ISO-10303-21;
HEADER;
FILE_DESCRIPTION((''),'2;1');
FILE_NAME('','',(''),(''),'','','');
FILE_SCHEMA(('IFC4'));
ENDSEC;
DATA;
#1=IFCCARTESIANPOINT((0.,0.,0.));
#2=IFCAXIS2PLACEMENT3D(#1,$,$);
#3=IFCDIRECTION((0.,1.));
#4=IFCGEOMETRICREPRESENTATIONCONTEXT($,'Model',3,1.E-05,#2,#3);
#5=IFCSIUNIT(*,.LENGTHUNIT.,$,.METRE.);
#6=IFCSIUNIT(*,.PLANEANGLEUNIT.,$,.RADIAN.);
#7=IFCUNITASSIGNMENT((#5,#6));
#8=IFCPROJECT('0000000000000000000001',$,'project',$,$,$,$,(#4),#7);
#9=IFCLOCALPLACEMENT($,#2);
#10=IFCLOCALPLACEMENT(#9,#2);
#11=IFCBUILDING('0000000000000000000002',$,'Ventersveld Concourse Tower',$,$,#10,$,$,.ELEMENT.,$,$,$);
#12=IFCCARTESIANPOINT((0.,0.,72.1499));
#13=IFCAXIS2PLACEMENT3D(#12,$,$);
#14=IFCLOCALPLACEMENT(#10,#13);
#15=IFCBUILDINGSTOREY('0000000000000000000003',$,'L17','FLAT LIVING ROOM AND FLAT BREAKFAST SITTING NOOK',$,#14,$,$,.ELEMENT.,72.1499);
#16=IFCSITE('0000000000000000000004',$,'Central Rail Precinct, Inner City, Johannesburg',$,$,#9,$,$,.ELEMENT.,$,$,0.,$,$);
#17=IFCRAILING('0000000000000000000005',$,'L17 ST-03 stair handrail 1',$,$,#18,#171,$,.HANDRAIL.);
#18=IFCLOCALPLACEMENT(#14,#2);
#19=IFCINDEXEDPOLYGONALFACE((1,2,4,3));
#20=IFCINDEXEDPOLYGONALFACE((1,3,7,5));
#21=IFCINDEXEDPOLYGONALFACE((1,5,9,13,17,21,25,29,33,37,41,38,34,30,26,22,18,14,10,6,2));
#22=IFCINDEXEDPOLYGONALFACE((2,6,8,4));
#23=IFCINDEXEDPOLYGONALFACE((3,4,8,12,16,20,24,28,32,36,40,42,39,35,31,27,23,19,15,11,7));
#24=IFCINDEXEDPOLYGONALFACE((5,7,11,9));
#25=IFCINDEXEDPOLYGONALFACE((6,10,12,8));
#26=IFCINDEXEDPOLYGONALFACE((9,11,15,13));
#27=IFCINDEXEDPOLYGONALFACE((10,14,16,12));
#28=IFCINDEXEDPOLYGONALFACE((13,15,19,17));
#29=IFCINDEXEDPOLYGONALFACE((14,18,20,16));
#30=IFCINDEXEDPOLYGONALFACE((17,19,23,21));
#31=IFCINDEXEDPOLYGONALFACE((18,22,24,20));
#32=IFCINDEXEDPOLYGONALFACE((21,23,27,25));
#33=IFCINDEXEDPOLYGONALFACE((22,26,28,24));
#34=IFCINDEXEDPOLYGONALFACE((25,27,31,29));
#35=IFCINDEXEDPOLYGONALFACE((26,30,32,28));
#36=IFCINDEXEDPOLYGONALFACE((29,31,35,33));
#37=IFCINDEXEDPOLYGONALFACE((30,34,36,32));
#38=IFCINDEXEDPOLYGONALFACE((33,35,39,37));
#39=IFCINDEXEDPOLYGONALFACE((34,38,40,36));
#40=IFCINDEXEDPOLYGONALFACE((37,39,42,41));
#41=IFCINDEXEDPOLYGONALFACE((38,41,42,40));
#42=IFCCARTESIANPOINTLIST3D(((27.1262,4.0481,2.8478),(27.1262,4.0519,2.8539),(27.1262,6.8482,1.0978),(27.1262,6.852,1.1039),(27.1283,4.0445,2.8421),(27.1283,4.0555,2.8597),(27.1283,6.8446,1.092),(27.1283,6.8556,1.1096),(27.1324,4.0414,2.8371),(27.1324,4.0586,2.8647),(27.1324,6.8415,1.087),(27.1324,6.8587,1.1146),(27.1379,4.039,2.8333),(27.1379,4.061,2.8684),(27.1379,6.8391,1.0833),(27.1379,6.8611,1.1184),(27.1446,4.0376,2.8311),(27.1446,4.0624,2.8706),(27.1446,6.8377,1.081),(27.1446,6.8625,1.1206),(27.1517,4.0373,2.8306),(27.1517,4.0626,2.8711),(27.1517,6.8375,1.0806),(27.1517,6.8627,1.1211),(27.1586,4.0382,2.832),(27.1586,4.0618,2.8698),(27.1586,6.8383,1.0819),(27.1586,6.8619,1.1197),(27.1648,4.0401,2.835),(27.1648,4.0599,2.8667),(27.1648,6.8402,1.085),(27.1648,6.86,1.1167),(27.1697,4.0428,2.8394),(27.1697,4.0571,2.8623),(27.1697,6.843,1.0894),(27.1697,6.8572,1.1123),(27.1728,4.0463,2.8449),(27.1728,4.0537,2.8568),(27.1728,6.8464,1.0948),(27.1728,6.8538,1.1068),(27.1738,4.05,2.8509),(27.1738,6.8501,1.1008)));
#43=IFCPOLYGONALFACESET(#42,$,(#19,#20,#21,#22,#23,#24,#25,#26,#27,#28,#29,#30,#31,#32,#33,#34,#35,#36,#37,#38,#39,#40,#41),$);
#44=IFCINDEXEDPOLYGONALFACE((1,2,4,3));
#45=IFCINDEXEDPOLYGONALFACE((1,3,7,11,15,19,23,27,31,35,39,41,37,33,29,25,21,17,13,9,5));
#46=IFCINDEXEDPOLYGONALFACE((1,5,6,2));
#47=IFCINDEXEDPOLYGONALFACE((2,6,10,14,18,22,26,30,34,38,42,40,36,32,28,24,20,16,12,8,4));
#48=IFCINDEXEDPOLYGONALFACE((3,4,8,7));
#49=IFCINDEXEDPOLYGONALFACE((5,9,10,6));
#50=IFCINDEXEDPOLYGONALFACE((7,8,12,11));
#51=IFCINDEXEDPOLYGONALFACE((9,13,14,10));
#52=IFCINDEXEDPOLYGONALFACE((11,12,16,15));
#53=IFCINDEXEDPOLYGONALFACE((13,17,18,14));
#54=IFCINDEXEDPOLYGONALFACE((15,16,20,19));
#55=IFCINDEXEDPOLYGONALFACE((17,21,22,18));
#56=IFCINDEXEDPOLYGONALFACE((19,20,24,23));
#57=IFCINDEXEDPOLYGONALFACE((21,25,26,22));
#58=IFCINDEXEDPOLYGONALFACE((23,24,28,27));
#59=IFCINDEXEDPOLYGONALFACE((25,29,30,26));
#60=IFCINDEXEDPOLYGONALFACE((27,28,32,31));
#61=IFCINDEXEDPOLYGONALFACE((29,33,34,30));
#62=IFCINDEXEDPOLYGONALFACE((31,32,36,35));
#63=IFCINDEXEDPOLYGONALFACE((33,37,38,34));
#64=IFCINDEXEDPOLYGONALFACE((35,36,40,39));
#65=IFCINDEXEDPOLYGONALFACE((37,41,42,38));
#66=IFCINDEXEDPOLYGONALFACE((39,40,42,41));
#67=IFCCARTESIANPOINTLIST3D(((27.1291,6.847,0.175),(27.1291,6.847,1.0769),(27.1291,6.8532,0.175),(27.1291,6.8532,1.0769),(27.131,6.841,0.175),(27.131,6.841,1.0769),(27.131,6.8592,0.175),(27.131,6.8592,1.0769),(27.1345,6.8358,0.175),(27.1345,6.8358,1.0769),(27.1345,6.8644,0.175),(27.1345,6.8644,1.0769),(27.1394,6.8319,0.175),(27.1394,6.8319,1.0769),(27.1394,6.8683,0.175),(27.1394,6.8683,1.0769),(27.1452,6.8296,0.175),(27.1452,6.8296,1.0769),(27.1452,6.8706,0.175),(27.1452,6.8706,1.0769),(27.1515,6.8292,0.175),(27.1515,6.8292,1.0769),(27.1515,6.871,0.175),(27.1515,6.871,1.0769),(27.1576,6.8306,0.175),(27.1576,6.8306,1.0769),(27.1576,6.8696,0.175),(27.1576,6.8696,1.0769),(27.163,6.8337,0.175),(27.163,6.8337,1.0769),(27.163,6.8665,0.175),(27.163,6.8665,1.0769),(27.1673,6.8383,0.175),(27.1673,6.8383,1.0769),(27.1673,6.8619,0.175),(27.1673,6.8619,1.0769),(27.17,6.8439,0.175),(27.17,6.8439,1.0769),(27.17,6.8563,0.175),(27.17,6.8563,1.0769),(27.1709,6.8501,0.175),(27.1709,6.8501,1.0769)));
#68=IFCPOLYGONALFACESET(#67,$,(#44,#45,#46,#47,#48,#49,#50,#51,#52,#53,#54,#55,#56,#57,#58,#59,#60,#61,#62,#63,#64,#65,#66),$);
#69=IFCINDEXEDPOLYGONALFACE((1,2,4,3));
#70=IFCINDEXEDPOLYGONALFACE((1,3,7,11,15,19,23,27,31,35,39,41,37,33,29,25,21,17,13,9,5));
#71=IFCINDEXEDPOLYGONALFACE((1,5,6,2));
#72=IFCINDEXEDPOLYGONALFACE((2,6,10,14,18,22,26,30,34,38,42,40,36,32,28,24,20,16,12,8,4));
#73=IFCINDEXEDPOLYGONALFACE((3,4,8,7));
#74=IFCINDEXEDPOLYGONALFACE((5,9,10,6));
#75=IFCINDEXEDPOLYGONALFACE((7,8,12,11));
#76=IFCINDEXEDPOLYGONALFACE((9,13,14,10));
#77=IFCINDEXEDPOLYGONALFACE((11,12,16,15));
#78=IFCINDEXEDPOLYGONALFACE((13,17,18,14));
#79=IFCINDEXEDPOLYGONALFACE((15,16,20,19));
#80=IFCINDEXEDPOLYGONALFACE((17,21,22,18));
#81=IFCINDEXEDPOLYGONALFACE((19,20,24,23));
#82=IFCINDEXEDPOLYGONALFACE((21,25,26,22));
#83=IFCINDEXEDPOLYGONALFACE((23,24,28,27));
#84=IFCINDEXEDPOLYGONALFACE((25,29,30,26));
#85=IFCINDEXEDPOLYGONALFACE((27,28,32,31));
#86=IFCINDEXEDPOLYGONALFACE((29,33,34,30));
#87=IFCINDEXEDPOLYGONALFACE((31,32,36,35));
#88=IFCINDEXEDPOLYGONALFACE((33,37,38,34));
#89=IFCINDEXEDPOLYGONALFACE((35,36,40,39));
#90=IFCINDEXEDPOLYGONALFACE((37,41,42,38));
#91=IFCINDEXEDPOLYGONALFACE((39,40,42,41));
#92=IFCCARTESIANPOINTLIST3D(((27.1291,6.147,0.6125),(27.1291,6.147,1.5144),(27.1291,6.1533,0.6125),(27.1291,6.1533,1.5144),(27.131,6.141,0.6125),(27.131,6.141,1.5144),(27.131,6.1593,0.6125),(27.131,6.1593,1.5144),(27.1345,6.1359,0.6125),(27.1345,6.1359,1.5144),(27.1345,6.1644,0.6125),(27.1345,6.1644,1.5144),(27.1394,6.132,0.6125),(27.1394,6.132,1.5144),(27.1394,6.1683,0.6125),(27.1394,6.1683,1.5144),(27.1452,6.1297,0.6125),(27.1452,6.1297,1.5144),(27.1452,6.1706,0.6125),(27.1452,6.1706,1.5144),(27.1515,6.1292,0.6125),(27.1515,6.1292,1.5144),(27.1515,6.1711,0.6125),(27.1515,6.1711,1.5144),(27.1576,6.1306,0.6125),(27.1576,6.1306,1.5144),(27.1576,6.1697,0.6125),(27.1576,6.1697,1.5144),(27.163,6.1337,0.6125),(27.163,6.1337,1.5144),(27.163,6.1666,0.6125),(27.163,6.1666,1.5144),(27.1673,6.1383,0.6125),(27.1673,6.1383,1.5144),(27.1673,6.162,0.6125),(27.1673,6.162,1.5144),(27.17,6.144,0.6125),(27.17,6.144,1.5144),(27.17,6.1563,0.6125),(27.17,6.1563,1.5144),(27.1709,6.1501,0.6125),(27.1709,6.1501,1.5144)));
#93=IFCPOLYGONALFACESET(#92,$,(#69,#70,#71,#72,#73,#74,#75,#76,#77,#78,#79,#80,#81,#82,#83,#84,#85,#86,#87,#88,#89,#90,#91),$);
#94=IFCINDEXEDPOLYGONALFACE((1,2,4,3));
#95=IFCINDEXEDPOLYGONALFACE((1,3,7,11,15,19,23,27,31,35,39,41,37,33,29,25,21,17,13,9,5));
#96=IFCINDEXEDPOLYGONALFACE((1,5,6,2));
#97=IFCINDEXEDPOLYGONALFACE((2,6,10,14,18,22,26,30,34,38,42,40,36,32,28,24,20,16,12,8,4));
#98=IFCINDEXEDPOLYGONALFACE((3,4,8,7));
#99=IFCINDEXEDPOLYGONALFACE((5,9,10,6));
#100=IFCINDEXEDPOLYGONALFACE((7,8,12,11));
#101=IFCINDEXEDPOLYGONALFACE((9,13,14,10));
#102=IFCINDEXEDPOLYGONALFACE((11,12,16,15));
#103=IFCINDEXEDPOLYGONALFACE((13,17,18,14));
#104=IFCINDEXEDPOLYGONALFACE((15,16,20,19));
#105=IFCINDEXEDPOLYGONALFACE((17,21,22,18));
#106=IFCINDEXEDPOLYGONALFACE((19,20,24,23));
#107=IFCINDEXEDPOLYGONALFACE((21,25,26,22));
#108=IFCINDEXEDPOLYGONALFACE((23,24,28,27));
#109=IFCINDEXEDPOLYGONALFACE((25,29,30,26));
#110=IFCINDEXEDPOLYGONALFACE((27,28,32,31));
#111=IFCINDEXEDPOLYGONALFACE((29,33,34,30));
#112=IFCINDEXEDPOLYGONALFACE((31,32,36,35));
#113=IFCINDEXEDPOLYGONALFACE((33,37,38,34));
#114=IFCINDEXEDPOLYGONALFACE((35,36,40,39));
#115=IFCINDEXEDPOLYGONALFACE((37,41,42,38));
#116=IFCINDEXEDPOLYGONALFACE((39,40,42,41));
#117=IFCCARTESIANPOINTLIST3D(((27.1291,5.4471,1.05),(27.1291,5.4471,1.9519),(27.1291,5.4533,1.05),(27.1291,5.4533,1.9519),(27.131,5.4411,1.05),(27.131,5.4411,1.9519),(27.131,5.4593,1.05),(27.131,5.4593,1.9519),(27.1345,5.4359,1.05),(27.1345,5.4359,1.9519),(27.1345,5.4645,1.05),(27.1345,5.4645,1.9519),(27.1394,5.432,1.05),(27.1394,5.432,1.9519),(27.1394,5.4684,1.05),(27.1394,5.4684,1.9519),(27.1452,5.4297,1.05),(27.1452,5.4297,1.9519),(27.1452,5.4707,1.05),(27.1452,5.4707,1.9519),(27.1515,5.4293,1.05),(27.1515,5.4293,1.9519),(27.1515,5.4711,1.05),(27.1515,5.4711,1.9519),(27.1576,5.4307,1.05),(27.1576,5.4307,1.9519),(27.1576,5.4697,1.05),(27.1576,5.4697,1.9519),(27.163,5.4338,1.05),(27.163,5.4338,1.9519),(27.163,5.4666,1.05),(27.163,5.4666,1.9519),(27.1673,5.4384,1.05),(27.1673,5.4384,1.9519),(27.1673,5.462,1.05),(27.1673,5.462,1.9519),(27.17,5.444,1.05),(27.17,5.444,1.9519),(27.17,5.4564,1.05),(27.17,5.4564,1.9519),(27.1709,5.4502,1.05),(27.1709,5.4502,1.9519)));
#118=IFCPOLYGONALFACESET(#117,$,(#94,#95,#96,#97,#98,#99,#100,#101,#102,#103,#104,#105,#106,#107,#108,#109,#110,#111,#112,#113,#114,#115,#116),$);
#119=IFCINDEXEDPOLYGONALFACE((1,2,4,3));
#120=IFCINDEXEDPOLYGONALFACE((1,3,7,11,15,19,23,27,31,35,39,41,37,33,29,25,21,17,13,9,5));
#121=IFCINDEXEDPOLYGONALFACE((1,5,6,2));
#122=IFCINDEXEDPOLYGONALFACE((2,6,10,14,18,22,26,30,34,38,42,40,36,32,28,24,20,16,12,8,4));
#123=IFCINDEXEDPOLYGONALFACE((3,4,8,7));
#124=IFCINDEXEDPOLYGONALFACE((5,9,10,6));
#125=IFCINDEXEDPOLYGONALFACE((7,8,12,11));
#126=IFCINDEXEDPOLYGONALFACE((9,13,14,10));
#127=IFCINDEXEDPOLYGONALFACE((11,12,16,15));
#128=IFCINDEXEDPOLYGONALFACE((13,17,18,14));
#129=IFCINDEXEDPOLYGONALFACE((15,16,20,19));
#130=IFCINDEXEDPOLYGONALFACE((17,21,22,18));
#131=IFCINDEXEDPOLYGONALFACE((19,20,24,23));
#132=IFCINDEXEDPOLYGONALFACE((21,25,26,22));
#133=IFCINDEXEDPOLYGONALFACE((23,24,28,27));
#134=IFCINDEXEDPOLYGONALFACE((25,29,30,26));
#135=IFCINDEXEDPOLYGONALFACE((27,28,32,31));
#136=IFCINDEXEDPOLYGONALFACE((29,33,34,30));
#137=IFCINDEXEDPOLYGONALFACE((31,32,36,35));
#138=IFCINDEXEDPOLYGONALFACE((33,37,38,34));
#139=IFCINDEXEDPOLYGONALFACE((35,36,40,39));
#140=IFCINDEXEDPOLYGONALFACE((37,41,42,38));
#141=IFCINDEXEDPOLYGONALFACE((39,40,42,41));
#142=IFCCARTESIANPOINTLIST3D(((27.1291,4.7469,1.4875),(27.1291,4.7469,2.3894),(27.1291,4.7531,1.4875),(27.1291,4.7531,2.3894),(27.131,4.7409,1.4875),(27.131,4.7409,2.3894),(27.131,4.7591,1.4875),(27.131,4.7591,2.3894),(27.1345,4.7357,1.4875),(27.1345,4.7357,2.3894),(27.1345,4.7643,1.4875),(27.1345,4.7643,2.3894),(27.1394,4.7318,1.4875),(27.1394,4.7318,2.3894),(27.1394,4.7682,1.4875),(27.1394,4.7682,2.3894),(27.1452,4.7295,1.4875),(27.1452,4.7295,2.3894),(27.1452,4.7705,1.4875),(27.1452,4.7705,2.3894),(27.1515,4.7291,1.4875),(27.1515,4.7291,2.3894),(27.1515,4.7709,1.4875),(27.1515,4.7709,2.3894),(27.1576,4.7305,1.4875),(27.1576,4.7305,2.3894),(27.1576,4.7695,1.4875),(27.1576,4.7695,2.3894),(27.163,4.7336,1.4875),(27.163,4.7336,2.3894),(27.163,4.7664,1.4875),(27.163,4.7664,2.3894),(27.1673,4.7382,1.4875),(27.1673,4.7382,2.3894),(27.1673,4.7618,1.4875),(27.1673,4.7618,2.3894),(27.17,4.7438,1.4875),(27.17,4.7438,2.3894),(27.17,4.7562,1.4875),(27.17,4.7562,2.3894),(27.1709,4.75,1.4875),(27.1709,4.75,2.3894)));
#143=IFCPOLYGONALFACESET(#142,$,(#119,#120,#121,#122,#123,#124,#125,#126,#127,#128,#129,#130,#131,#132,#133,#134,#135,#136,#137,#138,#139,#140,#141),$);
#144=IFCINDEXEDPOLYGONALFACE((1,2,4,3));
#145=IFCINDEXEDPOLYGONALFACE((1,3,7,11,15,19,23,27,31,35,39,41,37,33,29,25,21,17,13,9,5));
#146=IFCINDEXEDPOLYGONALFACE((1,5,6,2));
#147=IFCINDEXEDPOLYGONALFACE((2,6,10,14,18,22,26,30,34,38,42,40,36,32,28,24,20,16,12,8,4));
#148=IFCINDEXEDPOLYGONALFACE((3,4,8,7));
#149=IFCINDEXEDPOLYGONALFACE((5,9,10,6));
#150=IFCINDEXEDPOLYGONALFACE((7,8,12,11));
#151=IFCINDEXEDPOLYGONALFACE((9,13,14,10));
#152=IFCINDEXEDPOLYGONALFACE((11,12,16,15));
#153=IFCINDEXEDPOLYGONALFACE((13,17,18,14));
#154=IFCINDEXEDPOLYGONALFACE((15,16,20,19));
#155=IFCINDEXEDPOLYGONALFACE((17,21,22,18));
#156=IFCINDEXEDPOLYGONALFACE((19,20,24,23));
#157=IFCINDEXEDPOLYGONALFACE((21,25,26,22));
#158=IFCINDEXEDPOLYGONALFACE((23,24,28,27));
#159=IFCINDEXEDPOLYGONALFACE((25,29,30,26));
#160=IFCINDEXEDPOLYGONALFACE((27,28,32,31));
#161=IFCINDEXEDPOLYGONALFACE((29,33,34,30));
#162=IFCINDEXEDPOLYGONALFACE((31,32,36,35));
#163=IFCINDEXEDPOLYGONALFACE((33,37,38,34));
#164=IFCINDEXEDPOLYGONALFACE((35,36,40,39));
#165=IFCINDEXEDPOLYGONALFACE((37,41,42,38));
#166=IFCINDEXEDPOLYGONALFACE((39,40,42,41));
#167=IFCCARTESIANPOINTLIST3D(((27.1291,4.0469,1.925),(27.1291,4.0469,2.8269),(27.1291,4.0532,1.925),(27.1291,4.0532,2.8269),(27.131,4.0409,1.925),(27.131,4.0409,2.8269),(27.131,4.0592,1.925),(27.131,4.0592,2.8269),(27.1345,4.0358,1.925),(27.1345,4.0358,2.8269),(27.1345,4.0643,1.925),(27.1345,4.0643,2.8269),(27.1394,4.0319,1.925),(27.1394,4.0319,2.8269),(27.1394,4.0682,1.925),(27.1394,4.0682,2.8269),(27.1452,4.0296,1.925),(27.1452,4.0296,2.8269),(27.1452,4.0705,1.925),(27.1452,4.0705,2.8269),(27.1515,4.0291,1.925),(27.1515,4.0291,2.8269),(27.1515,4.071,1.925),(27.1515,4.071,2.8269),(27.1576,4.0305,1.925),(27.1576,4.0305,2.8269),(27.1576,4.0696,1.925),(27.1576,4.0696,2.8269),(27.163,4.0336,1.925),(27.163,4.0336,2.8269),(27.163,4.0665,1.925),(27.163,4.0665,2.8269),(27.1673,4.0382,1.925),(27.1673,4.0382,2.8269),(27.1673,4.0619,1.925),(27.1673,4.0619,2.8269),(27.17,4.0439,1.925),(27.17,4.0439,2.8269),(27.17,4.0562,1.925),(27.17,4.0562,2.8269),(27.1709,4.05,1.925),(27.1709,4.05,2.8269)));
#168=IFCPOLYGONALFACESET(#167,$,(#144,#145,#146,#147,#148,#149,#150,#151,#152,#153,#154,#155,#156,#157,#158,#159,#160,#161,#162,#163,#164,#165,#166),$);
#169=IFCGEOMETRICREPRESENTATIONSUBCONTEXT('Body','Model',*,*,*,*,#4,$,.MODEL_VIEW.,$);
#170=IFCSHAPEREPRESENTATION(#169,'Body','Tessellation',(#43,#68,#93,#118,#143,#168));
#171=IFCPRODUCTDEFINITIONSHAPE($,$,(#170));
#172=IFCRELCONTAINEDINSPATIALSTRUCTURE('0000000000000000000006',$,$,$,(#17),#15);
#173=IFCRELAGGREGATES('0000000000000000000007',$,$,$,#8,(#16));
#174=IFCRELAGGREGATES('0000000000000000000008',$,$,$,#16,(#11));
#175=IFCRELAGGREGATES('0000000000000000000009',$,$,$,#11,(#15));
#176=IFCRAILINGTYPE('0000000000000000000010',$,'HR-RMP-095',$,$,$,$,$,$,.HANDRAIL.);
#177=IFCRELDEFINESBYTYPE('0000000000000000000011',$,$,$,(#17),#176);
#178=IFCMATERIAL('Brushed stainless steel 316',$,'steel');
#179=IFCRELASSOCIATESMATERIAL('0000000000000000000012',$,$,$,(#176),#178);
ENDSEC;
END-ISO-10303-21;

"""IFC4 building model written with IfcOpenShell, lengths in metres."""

from ifc_helpers import new_model, si_unit, direction, frame, origin, origin_2d, place, context, subcontext, project, spatial, circle, extrude, material, type_object, element, save


model = new_model("IFC4")

# Units and contexts
model_context = context("Model", 3, precision=1e-05, world=origin(), true_north=direction((0.0, 1.0)))
body_context = subcontext(model_context, "Body", "Model", "MODEL_VIEW")
ifc_project = project(units=[si_unit("LENGTHUNIT", "METRE"), si_unit("PLANEANGLEUNIT", "RADIAN")], contexts=[model_context])

# Site, building, storey
site_placement = place(None, origin())
site = spatial("IfcSite", under=ifc_project, at=site_placement, Name="Central Rail Precinct, Inner City, Johannesburg", CompositionType="ELEMENT", RefElevation=0.0)
building_placement = place(site_placement, origin())
building = spatial("IfcBuilding", under=site, at=building_placement, Name="Ventersveld Concourse Tower", CompositionType="ELEMENT")
storey_placement = place(building_placement, frame((0.0, 0.0, 72.1499)))
storey = spatial("IfcBuildingStorey", under=building, at=storey_placement, Name="L17", Description="FLAT LIVING ROOM AND FLAT BREAKFAST SITTING NOOK", CompositionType="ELEMENT", Elevation=72.1499)

# Shared definitions
ifc_material_1 = material(Name="Brushed stainless steel 316", Category="steel")

# Railing
railing_type_1 = type_object("IfcRailingType", Name="HR-RMP-095", PredefinedType="HANDRAIL", material=ifc_material_1)
railing_1_placement = place(storey_placement, frame((27.1499, 6.8501, 0.175)))
element("IfcRailing", 1, at=railing_1_placement, inside=storey, type_object=railing_type_1, Name="L17 ST-03 stair handrail 1", PredefinedType="HANDRAIL", context=body_context, shape_type="SweptSolid", body=[
    extrude(circle(Radius=0.0239, at=origin_2d()), frame((0.0, 0.0, 0.9258), z_axis=(0.0, -0.848002, 0.529992), x_axis=(1.0, 0.0, 0.0)), (0.0, 0.0, 1.0), 3.302),
    extrude(circle(Radius=0.021, at=origin_2d()), origin(), (0.0, 0.0, 1.0), 0.9019),
    extrude(circle(Radius=0.021, at=origin_2d()), frame((0.0, -0.7, 0.4375)), (0.0, 0.0, 1.0), 0.9019),
    extrude(circle(Radius=0.021, at=origin_2d()), frame((0.0, -1.3999, 0.875)), (0.0, 0.0, 1.0), 0.9019),
    extrude(circle(Radius=0.021, at=origin_2d()), frame((0.0, -2.1001, 1.3125)), (0.0, 0.0, 1.0), 0.9019),
    extrude(circle(Radius=0.021, at=origin_2d()), frame((0.0, -2.8, 1.75)), (0.0, 0.0, 1.0), 0.9019),
])

save(model, "model.ifc")
